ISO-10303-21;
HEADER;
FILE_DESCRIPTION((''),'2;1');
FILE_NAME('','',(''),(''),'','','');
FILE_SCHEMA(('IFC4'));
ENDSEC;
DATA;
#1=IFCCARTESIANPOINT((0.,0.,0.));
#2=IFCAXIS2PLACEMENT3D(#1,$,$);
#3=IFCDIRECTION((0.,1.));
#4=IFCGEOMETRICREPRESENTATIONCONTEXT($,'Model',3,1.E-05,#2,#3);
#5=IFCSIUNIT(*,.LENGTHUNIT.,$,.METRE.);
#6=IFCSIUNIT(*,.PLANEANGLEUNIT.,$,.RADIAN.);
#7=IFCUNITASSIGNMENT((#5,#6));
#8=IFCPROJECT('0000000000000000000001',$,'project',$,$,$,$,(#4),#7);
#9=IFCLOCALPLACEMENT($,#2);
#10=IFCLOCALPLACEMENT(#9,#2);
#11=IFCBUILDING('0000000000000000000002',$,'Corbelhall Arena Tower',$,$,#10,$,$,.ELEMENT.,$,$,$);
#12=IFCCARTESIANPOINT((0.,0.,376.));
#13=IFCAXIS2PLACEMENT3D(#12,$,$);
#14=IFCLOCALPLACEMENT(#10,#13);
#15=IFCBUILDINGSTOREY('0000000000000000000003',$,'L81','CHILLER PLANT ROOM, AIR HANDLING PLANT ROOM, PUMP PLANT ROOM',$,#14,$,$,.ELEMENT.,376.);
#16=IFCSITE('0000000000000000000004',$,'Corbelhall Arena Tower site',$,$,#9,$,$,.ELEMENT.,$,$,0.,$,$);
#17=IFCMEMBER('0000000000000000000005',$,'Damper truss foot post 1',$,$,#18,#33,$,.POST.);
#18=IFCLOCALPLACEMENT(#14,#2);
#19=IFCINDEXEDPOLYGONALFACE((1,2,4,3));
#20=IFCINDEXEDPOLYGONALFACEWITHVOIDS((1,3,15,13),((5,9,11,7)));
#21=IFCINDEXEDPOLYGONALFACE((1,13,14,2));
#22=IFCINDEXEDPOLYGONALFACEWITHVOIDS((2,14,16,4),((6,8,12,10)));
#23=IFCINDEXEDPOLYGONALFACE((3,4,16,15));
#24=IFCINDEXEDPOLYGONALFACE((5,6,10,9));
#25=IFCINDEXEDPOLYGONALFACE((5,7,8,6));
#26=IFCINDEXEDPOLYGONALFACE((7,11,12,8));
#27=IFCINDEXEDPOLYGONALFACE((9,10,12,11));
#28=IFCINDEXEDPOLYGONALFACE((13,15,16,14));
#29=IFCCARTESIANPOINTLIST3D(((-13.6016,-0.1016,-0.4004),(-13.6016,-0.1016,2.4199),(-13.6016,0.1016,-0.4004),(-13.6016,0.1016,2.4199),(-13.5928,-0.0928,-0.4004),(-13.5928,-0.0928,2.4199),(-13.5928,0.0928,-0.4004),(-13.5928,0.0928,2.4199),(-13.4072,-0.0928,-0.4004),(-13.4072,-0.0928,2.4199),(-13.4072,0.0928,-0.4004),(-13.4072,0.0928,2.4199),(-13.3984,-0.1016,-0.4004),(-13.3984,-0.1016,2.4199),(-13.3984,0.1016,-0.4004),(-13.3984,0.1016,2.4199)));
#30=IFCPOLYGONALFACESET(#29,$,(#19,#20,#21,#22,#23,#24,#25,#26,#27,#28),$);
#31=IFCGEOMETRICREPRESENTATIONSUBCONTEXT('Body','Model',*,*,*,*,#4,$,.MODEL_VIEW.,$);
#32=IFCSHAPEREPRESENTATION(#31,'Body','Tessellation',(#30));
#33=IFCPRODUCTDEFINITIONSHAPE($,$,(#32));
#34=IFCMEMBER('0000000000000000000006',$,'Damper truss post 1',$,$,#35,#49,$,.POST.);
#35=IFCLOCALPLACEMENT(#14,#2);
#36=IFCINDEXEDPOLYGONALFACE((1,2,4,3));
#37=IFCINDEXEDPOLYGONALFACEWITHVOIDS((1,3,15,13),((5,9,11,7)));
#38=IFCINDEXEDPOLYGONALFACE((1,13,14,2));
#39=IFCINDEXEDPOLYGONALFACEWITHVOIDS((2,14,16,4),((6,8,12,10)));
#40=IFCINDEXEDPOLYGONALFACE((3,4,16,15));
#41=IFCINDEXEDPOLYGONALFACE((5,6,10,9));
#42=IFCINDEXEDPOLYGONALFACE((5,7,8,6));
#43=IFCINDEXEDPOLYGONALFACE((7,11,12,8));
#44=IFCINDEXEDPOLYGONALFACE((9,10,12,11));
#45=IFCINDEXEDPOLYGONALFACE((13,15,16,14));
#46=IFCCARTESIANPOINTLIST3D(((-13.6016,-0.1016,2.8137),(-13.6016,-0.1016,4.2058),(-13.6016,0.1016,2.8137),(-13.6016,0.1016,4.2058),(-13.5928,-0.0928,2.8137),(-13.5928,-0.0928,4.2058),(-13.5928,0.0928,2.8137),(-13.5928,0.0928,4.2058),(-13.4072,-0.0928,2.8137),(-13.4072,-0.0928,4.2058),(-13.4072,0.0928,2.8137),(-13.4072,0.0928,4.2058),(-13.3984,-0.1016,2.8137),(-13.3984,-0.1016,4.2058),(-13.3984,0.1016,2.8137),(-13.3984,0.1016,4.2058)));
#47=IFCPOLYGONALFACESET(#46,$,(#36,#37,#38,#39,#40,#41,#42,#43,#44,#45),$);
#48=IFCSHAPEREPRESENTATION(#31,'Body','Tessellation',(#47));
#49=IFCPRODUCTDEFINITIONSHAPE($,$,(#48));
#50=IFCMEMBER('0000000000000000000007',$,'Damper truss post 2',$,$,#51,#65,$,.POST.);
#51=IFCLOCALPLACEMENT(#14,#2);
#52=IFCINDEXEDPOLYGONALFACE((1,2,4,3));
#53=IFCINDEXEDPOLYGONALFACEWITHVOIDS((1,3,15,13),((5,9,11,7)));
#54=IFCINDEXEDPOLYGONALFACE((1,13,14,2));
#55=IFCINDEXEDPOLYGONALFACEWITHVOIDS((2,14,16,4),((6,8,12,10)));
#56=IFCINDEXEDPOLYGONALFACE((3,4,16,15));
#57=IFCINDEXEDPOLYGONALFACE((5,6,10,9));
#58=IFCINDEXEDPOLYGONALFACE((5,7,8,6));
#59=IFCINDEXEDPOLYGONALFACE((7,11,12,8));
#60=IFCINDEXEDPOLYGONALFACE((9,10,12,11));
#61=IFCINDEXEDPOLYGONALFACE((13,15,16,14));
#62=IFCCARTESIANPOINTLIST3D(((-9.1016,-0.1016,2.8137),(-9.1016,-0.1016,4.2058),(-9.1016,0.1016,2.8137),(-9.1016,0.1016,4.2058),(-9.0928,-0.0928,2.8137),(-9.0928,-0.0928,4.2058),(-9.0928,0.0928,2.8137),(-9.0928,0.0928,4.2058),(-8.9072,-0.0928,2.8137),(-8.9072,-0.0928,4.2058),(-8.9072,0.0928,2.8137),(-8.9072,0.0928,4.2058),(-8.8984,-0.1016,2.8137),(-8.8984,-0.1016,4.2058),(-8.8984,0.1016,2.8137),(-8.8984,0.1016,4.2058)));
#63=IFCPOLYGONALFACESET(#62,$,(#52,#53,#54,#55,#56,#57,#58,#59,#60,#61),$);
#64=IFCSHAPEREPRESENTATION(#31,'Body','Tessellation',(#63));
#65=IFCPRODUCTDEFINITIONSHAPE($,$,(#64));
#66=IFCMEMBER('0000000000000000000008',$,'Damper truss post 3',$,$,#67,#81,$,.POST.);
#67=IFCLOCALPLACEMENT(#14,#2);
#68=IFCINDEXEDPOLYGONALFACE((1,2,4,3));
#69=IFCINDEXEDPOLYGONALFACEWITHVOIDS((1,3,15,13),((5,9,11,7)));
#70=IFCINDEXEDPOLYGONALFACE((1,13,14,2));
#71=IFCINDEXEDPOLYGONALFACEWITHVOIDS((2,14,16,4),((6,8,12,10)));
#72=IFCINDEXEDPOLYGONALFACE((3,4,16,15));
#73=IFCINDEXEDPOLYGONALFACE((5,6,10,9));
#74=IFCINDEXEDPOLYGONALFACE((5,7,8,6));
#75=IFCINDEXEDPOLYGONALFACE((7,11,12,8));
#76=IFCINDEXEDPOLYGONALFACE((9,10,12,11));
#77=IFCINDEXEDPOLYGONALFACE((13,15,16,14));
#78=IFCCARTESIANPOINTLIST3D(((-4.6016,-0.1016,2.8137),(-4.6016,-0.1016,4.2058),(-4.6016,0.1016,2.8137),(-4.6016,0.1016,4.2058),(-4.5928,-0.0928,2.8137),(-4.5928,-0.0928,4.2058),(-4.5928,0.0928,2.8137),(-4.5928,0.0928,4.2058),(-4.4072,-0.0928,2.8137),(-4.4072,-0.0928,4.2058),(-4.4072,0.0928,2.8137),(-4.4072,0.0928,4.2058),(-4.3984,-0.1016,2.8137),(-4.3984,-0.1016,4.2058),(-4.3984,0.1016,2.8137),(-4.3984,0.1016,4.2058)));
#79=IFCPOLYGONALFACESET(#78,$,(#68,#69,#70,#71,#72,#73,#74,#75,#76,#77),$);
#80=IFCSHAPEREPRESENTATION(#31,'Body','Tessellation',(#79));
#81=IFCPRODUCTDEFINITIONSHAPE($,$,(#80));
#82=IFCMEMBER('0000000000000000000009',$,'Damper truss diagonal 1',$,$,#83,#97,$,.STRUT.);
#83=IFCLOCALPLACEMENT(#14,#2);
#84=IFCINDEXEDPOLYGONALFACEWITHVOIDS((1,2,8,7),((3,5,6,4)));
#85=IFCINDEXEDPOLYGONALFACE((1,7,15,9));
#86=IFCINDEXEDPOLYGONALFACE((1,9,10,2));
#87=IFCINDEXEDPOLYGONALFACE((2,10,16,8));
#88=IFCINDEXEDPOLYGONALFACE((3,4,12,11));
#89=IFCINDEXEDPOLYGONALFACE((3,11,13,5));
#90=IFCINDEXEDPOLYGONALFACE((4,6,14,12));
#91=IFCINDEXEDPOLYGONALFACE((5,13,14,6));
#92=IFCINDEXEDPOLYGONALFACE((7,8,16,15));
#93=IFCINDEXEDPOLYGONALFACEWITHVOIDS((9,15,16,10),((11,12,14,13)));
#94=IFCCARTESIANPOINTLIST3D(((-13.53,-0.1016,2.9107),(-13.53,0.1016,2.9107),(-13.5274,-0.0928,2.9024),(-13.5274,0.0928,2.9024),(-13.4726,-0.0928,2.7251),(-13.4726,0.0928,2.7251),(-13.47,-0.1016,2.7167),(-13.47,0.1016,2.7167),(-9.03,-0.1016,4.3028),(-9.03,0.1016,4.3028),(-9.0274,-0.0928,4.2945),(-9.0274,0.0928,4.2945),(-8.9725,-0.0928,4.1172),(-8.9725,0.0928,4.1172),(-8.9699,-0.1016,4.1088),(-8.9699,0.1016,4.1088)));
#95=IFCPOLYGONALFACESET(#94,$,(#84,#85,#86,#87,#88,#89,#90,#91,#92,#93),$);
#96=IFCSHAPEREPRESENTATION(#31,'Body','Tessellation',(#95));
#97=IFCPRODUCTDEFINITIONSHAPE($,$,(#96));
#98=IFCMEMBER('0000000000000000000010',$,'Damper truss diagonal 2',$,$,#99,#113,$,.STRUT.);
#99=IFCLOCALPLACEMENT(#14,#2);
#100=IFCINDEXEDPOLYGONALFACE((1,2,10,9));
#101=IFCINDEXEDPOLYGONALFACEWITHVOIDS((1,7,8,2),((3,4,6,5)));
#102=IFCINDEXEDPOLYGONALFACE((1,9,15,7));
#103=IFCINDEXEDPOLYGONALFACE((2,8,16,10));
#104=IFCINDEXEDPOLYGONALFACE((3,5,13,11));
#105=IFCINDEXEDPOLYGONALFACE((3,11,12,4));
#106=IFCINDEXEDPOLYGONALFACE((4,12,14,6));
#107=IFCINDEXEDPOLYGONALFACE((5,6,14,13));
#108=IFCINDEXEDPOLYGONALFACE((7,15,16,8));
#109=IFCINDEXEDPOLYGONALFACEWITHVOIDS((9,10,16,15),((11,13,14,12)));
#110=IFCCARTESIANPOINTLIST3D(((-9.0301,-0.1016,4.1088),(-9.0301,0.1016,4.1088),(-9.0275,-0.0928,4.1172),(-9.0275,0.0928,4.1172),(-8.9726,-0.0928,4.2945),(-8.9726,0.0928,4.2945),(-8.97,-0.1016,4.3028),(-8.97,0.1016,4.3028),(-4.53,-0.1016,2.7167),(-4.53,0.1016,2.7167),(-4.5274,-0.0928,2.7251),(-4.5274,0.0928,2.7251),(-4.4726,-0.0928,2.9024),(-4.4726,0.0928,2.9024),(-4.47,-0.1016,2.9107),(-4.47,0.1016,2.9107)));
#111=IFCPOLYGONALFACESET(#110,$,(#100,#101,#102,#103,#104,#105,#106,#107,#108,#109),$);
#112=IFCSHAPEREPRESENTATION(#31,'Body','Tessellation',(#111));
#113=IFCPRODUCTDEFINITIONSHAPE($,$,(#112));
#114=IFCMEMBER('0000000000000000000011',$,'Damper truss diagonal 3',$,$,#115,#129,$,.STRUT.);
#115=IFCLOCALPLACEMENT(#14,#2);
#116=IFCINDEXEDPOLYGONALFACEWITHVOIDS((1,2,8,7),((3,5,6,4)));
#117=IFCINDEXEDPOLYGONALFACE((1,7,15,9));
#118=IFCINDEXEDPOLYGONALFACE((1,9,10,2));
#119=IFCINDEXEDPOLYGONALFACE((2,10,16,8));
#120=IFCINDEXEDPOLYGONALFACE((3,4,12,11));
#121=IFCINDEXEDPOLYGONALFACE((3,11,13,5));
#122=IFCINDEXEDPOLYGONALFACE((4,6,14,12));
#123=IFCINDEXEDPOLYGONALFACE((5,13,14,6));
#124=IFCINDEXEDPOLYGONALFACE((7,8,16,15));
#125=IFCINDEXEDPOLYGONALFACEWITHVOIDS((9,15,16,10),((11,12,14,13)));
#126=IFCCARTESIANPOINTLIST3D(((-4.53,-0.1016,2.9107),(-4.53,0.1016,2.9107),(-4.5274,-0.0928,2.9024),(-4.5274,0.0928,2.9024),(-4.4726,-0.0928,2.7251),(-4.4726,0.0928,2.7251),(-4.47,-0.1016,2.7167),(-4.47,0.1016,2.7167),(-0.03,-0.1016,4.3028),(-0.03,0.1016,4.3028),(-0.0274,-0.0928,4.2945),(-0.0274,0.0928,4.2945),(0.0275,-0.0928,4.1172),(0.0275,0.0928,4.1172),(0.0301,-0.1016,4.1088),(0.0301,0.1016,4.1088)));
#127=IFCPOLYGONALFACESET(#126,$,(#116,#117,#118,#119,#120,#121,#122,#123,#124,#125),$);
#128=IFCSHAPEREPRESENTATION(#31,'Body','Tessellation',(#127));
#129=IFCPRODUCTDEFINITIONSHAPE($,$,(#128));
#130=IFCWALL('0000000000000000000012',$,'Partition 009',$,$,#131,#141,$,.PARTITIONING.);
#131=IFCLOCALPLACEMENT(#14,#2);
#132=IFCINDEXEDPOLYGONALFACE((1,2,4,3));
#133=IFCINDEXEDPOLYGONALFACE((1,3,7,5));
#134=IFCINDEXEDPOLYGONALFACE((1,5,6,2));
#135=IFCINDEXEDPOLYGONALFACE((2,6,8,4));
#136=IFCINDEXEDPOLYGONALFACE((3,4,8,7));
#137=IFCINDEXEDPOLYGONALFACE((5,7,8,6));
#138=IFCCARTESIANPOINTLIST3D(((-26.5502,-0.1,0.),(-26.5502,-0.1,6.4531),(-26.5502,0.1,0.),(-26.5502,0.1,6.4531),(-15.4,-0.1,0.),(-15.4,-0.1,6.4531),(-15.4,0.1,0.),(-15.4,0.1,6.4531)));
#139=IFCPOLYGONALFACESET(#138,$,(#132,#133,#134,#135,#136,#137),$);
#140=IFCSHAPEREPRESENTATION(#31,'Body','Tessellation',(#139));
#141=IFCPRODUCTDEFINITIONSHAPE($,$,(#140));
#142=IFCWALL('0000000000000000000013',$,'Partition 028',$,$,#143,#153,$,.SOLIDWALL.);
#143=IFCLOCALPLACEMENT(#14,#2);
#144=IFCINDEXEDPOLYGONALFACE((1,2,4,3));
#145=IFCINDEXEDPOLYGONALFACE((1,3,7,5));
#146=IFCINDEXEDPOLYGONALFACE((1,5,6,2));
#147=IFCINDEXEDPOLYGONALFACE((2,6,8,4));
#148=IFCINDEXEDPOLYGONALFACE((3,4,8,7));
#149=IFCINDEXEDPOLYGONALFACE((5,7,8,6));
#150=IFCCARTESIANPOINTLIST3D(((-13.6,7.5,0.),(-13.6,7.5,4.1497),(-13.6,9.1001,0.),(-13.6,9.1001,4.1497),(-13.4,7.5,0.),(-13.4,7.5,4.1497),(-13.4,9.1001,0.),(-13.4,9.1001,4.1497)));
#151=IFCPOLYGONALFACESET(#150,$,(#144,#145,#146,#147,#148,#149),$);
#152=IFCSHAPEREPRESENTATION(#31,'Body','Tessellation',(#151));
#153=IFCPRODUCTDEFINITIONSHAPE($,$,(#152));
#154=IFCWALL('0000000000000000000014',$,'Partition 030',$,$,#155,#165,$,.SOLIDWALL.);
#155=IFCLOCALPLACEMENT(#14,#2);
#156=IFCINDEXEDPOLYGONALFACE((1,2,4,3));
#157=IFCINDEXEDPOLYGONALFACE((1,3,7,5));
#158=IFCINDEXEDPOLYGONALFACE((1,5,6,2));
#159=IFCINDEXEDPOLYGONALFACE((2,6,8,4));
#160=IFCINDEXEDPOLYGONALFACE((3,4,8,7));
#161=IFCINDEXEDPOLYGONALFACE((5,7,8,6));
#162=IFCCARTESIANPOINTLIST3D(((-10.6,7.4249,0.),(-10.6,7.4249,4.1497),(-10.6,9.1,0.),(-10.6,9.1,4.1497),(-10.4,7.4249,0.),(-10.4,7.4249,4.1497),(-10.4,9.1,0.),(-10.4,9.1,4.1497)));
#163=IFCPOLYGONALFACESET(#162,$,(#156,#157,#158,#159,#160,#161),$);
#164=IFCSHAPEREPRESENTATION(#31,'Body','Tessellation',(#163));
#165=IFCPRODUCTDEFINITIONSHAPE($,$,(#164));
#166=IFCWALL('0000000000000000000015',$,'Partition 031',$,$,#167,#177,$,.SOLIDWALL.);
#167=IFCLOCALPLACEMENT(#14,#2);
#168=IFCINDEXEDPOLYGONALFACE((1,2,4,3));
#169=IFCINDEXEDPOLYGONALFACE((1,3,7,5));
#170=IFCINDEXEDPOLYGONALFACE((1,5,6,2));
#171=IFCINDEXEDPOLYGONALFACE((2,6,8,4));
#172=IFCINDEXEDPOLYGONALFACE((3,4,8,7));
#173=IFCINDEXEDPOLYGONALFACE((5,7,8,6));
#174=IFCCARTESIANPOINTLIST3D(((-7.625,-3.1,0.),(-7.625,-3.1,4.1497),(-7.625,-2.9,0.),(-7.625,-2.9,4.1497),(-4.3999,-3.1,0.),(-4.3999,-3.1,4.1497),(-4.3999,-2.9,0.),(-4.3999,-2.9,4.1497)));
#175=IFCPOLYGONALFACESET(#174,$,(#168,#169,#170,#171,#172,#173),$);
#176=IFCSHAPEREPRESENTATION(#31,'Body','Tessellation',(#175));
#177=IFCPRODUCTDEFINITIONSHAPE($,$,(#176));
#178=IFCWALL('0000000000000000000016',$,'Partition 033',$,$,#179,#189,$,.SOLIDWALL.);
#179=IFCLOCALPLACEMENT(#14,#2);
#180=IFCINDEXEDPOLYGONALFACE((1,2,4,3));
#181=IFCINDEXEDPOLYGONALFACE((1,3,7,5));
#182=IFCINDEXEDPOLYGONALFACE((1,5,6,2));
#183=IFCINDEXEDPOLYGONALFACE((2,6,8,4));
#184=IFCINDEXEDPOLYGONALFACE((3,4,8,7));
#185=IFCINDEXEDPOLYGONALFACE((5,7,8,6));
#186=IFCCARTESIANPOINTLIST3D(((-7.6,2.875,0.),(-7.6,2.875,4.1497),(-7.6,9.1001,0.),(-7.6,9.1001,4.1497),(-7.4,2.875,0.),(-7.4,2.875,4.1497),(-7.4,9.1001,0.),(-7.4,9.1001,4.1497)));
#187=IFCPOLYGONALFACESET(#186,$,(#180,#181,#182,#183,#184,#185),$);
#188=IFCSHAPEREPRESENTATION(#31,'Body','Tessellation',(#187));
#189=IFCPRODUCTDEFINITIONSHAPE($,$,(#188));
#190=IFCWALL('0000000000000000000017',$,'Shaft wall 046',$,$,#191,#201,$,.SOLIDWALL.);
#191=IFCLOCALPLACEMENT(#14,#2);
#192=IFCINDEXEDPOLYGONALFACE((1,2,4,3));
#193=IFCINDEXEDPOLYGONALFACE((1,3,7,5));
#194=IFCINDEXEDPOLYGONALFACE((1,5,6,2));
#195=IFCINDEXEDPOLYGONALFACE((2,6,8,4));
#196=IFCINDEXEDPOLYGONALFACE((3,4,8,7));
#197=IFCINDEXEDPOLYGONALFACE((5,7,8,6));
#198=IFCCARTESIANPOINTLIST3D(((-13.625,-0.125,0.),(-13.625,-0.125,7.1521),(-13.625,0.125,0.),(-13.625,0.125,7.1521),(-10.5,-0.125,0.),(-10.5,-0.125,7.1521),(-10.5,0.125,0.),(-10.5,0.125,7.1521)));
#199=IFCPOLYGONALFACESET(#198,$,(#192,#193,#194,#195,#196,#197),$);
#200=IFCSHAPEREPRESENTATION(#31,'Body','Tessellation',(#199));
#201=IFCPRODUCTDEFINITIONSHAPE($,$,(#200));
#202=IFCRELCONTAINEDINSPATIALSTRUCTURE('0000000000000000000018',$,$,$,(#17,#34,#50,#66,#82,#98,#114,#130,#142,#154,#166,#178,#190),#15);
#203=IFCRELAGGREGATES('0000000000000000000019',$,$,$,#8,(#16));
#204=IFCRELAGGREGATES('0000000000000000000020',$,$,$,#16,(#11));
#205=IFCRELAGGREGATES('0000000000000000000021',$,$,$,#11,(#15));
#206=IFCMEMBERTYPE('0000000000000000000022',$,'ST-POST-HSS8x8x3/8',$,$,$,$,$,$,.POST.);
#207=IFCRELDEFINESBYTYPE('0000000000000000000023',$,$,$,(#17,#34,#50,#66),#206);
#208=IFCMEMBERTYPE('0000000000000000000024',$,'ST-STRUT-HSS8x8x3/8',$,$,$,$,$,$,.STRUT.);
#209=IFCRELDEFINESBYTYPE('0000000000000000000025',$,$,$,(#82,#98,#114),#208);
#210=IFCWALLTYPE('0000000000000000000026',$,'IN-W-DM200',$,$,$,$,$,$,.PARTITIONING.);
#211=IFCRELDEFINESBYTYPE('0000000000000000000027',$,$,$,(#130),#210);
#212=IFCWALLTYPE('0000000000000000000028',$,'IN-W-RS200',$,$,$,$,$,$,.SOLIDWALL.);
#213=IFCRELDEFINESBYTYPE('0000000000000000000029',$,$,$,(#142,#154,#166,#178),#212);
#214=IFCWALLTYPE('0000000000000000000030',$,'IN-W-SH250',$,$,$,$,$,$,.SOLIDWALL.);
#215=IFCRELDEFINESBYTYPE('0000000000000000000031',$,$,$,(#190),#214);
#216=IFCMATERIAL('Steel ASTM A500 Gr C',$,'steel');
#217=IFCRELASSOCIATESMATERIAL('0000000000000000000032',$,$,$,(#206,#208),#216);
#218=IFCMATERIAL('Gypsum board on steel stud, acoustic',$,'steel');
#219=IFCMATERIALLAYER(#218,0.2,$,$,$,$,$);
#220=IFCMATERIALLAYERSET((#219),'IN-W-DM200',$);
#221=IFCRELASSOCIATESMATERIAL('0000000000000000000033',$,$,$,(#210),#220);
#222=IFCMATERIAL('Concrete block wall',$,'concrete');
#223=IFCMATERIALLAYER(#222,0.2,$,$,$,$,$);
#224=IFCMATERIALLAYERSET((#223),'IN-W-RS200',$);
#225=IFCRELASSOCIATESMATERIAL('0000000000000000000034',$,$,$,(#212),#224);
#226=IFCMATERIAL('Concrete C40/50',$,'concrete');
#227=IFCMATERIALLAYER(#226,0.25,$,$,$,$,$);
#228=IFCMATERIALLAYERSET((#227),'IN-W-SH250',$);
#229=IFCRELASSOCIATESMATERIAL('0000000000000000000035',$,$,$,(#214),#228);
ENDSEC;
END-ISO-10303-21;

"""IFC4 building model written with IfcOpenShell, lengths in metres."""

from ifc_helpers import new_model, si_unit, direction, frame, frame_2d, origin, origin_2d, place, context, subcontext, project, spatial, rectangle, hollow_rectangle, extrude, material, layer, layer_set, material_profile, profile_set, type_object, element, save


model = new_model("IFC4")

# Units and contexts
model_context = context("Model", 3, precision=1e-05, world=origin(), true_north=direction((0.0, 1.0)))
body_context = subcontext(model_context, "Body", "Model", "MODEL_VIEW")
ifc_project = project(units=[si_unit("LENGTHUNIT", "METRE"), si_unit("PLANEANGLEUNIT", "RADIAN")], contexts=[model_context])

# Site, building, storey
site_placement = place(None, origin())
site = spatial("IfcSite", under=ifc_project, at=site_placement, Name="Corbelhall Arena Tower site", CompositionType="ELEMENT", RefElevation=0.0)
building_placement = place(site_placement, origin())
building = spatial("IfcBuilding", under=site, at=building_placement, Name="Corbelhall Arena Tower", CompositionType="ELEMENT")
storey_placement = place(building_placement, frame((0.0, 0.0, 376.0)))
storey = spatial("IfcBuildingStorey", under=building, at=storey_placement, Name="L81", Description="CHILLER PLANT ROOM, AIR HANDLING PLANT ROOM, PUMP PLANT ROOM", CompositionType="ELEMENT", Elevation=376.0)

# Members
ifc_material_1 = material(Name="Steel ASTM A500 Gr C", Category="steel")
ifc_material_profile_1 = material_profile(ifc_material_1, hollow_rectangle(XDim=0.2031, YDim=0.2031, WallThickness=0.0088, at=origin_2d()))
ifc_profile_set_1 = profile_set([ifc_material_profile_1], Name="Steel ASTM A500 Gr C")
member_type_1 = type_object("IfcMemberType", Name="ST-POST-HSS8x8x3/8", PredefinedType="POST", material=ifc_profile_set_1)
member_placement = place(storey_placement, frame((-13.5, 0.0, -0.4004), z_axis=(0.0, 0.0, 1.0), x_axis=(1.0, 0.0, 0.0)))
element("IfcMember", 1, at=member_placement, inside=storey, type_object=member_type_1, Name="Damper truss foot post 1", PredefinedType="POST", context=body_context, shape_type="SweptSolid", body=[
    extrude(hollow_rectangle(XDim=0.2031, YDim=0.2031, WallThickness=0.0088, at=origin_2d()), origin(), (0.0, 0.0, 1.0), 2.8203),
])
for number, where, z_axis, x_axis, name in (
    (2, (-13.5, 0.0, 2.8137), (0.0, 0.0, 1.0), (1.0, 0.0, 0.0), "Damper truss post 1"),
    (3, (-9.0, 0.0, 2.8137), (0.0, 0.0, 1.0), (1.0, 0.0, 0.0), "Damper truss post 2"),
    (4, (-4.5, 0.0, 2.8137), (0.0, 0.0, 1.0), (1.0, 0.0, 0.0), "Damper truss post 3"),
):
    element("IfcMember", number, at=place(storey_placement, frame(where, z_axis=z_axis, x_axis=x_axis)), inside=storey, type_object=member_type_1, Name=name, PredefinedType="POST", context=body_context, shape_type="SweptSolid", body=[
        extrude(hollow_rectangle(XDim=0.2031, YDim=0.2031, WallThickness=0.0088, at=origin_2d()), origin(), (0.0, 0.0, 1.0), 1.3921),
    ])
ifc_material_profile_2 = material_profile(ifc_material_1, hollow_rectangle(XDim=0.2031, YDim=0.2031, WallThickness=0.0088, at=origin_2d()))
ifc_profile_set_2 = profile_set([ifc_material_profile_2], Name="Steel ASTM A500 Gr C")
member_type_2 = type_object("IfcMemberType", Name="ST-STRUT-HSS8x8x3/8", PredefinedType="STRUT", material=ifc_profile_set_2)
for number, where, z_axis, x_axis, name in (
    (5, (-13.5, 0.0, 2.8137), (0.955332, 0.0, 0.295535), (0.0, 1.0, 0.0), "Damper truss diagonal 1"),
    (6, (-4.5, 0.0, 2.8137), (-0.955332, 0.0, 0.295535), (0.0, -1.0, 0.0), "Damper truss diagonal 2"),
    (7, (-4.5, 0.0, 2.8137), (0.955332, 0.0, 0.295535), (0.0, 1.0, 0.0), "Damper truss diagonal 3"),
):
    element("IfcMember", number, at=place(storey_placement, frame(where, z_axis=z_axis, x_axis=x_axis)), inside=storey, type_object=member_type_2, Name=name, PredefinedType="STRUT", context=body_context, shape_type="SweptSolid", body=[
        extrude(hollow_rectangle(XDim=0.2031, YDim=0.2031, WallThickness=0.0088, at=origin_2d()), origin(), (0.0, 0.0, 1.0), 4.7104),
    ])

# Walls
ifc_material_2 = material(Name="Gypsum board on steel stud, acoustic", Category="steel")
ifc_layer_1 = layer(ifc_material_2, 0.2)
ifc_layer_set_1 = layer_set([ifc_layer_1], Name="IN-W-DM200")
wall_type_1 = type_object("IfcWallType", Name="IN-W-DM200", PredefinedType="PARTITIONING", material=ifc_layer_set_1)
wall_1_placement = place(storey_placement, frame((-15.3999, 0.0, 0.0), z_axis=(0.0, 0.0, 1.0), x_axis=(-1.0, 0.0, 0.0)))
element("IfcWall", 8, at=wall_1_placement, inside=storey, type_object=wall_type_1, Name="Partition 009", PredefinedType="PARTITIONING", context=body_context, shape_type="SweptSolid", body=[
    extrude(rectangle(XDim=11.1501, YDim=0.2, at=frame_2d((5.5752, 0.0))), origin(), (0.0, 0.0, 1.0), 6.4531),
])
ifc_material_3 = material(Name="Concrete block wall", Category="concrete")
ifc_layer_2 = layer(ifc_material_3, 0.2)
ifc_layer_set_2 = layer_set([ifc_layer_2], Name="IN-W-RS200")
wall_type_2 = type_object("IfcWallType", Name="IN-W-RS200", PredefinedType="SOLIDWALL", material=ifc_layer_set_2)
wall_2_placement = place(storey_placement, frame((-13.5, 7.5, 0.0), z_axis=(0.0, 0.0, 1.0), x_axis=(0.0, 1.0, 0.0)))
element("IfcWall", 9, at=wall_2_placement, inside=storey, type_object=wall_type_2, Name="Partition 028", PredefinedType="SOLIDWALL", context=body_context, shape_type="SweptSolid", body=[
    extrude(rectangle(XDim=1.6001, YDim=0.2, at=frame_2d((0.8, 0.0))), origin(), (0.0, 0.0, 1.0), 4.1497),
])
wall_3_placement = place(storey_placement, frame((-10.5, 7.425, 0.0), z_axis=(0.0, 0.0, 1.0), x_axis=(0.0, 1.0, 0.0)))
element("IfcWall", 10, at=wall_3_placement, inside=storey, type_object=wall_type_2, Name="Partition 030", PredefinedType="SOLIDWALL", context=body_context, shape_type="SweptSolid", body=[
    extrude(rectangle(XDim=1.675, YDim=0.2, at=frame_2d((0.8374, 0.0))), origin(), (0.0, 0.0, 1.0), 4.1497),
])
wall_4_placement = place(storey_placement, frame((-7.625, -3.0, 0.0), z_axis=(0.0, 0.0, 1.0), x_axis=(1.0, 0.0, 0.0)))
element("IfcWall", 11, at=wall_4_placement, inside=storey, type_object=wall_type_2, Name="Partition 031", PredefinedType="SOLIDWALL", context=body_context, shape_type="SweptSolid", body=[
    extrude(rectangle(XDim=3.2251, YDim=0.2, at=frame_2d((1.6125, 0.0))), origin(), (0.0, 0.0, 1.0), 4.1497),
])
wall_5_placement = place(storey_placement, frame((-7.5, 2.875, 0.0), z_axis=(0.0, 0.0, 1.0), x_axis=(0.0, 1.0, 0.0)))
element("IfcWall", 12, at=wall_5_placement, inside=storey, type_object=wall_type_2, Name="Partition 033", PredefinedType="SOLIDWALL", context=body_context, shape_type="SweptSolid", body=[
    extrude(rectangle(XDim=6.2251, YDim=0.2, at=frame_2d((3.1125, 0.0))), origin(), (0.0, 0.0, 1.0), 4.1497),
])
ifc_material_4 = material(Name="Concrete C40/50", Category="concrete")
ifc_layer_3 = layer(ifc_material_4, 0.25)
ifc_layer_set_3 = layer_set([ifc_layer_3], Name="IN-W-SH250")
wall_type_3 = type_object("IfcWallType", Name="IN-W-SH250", PredefinedType="SOLIDWALL", material=ifc_layer_set_3)
wall_6_placement = place(storey_placement, frame((-13.625, 0.0, 0.0), z_axis=(0.0, 0.0, 1.0), x_axis=(1.0, 0.0, 0.0)))
element("IfcWall", 13, at=wall_6_placement, inside=storey, type_object=wall_type_3, Name="Shaft wall 046", PredefinedType="SOLIDWALL", context=body_context, shape_type="SweptSolid", body=[
    extrude(rectangle(XDim=3.125, YDim=0.25, at=frame_2d((1.5625, 0.0))), origin(), (0.0, 0.0, 1.0), 7.1521),
])

save(model, "model.ifc")
